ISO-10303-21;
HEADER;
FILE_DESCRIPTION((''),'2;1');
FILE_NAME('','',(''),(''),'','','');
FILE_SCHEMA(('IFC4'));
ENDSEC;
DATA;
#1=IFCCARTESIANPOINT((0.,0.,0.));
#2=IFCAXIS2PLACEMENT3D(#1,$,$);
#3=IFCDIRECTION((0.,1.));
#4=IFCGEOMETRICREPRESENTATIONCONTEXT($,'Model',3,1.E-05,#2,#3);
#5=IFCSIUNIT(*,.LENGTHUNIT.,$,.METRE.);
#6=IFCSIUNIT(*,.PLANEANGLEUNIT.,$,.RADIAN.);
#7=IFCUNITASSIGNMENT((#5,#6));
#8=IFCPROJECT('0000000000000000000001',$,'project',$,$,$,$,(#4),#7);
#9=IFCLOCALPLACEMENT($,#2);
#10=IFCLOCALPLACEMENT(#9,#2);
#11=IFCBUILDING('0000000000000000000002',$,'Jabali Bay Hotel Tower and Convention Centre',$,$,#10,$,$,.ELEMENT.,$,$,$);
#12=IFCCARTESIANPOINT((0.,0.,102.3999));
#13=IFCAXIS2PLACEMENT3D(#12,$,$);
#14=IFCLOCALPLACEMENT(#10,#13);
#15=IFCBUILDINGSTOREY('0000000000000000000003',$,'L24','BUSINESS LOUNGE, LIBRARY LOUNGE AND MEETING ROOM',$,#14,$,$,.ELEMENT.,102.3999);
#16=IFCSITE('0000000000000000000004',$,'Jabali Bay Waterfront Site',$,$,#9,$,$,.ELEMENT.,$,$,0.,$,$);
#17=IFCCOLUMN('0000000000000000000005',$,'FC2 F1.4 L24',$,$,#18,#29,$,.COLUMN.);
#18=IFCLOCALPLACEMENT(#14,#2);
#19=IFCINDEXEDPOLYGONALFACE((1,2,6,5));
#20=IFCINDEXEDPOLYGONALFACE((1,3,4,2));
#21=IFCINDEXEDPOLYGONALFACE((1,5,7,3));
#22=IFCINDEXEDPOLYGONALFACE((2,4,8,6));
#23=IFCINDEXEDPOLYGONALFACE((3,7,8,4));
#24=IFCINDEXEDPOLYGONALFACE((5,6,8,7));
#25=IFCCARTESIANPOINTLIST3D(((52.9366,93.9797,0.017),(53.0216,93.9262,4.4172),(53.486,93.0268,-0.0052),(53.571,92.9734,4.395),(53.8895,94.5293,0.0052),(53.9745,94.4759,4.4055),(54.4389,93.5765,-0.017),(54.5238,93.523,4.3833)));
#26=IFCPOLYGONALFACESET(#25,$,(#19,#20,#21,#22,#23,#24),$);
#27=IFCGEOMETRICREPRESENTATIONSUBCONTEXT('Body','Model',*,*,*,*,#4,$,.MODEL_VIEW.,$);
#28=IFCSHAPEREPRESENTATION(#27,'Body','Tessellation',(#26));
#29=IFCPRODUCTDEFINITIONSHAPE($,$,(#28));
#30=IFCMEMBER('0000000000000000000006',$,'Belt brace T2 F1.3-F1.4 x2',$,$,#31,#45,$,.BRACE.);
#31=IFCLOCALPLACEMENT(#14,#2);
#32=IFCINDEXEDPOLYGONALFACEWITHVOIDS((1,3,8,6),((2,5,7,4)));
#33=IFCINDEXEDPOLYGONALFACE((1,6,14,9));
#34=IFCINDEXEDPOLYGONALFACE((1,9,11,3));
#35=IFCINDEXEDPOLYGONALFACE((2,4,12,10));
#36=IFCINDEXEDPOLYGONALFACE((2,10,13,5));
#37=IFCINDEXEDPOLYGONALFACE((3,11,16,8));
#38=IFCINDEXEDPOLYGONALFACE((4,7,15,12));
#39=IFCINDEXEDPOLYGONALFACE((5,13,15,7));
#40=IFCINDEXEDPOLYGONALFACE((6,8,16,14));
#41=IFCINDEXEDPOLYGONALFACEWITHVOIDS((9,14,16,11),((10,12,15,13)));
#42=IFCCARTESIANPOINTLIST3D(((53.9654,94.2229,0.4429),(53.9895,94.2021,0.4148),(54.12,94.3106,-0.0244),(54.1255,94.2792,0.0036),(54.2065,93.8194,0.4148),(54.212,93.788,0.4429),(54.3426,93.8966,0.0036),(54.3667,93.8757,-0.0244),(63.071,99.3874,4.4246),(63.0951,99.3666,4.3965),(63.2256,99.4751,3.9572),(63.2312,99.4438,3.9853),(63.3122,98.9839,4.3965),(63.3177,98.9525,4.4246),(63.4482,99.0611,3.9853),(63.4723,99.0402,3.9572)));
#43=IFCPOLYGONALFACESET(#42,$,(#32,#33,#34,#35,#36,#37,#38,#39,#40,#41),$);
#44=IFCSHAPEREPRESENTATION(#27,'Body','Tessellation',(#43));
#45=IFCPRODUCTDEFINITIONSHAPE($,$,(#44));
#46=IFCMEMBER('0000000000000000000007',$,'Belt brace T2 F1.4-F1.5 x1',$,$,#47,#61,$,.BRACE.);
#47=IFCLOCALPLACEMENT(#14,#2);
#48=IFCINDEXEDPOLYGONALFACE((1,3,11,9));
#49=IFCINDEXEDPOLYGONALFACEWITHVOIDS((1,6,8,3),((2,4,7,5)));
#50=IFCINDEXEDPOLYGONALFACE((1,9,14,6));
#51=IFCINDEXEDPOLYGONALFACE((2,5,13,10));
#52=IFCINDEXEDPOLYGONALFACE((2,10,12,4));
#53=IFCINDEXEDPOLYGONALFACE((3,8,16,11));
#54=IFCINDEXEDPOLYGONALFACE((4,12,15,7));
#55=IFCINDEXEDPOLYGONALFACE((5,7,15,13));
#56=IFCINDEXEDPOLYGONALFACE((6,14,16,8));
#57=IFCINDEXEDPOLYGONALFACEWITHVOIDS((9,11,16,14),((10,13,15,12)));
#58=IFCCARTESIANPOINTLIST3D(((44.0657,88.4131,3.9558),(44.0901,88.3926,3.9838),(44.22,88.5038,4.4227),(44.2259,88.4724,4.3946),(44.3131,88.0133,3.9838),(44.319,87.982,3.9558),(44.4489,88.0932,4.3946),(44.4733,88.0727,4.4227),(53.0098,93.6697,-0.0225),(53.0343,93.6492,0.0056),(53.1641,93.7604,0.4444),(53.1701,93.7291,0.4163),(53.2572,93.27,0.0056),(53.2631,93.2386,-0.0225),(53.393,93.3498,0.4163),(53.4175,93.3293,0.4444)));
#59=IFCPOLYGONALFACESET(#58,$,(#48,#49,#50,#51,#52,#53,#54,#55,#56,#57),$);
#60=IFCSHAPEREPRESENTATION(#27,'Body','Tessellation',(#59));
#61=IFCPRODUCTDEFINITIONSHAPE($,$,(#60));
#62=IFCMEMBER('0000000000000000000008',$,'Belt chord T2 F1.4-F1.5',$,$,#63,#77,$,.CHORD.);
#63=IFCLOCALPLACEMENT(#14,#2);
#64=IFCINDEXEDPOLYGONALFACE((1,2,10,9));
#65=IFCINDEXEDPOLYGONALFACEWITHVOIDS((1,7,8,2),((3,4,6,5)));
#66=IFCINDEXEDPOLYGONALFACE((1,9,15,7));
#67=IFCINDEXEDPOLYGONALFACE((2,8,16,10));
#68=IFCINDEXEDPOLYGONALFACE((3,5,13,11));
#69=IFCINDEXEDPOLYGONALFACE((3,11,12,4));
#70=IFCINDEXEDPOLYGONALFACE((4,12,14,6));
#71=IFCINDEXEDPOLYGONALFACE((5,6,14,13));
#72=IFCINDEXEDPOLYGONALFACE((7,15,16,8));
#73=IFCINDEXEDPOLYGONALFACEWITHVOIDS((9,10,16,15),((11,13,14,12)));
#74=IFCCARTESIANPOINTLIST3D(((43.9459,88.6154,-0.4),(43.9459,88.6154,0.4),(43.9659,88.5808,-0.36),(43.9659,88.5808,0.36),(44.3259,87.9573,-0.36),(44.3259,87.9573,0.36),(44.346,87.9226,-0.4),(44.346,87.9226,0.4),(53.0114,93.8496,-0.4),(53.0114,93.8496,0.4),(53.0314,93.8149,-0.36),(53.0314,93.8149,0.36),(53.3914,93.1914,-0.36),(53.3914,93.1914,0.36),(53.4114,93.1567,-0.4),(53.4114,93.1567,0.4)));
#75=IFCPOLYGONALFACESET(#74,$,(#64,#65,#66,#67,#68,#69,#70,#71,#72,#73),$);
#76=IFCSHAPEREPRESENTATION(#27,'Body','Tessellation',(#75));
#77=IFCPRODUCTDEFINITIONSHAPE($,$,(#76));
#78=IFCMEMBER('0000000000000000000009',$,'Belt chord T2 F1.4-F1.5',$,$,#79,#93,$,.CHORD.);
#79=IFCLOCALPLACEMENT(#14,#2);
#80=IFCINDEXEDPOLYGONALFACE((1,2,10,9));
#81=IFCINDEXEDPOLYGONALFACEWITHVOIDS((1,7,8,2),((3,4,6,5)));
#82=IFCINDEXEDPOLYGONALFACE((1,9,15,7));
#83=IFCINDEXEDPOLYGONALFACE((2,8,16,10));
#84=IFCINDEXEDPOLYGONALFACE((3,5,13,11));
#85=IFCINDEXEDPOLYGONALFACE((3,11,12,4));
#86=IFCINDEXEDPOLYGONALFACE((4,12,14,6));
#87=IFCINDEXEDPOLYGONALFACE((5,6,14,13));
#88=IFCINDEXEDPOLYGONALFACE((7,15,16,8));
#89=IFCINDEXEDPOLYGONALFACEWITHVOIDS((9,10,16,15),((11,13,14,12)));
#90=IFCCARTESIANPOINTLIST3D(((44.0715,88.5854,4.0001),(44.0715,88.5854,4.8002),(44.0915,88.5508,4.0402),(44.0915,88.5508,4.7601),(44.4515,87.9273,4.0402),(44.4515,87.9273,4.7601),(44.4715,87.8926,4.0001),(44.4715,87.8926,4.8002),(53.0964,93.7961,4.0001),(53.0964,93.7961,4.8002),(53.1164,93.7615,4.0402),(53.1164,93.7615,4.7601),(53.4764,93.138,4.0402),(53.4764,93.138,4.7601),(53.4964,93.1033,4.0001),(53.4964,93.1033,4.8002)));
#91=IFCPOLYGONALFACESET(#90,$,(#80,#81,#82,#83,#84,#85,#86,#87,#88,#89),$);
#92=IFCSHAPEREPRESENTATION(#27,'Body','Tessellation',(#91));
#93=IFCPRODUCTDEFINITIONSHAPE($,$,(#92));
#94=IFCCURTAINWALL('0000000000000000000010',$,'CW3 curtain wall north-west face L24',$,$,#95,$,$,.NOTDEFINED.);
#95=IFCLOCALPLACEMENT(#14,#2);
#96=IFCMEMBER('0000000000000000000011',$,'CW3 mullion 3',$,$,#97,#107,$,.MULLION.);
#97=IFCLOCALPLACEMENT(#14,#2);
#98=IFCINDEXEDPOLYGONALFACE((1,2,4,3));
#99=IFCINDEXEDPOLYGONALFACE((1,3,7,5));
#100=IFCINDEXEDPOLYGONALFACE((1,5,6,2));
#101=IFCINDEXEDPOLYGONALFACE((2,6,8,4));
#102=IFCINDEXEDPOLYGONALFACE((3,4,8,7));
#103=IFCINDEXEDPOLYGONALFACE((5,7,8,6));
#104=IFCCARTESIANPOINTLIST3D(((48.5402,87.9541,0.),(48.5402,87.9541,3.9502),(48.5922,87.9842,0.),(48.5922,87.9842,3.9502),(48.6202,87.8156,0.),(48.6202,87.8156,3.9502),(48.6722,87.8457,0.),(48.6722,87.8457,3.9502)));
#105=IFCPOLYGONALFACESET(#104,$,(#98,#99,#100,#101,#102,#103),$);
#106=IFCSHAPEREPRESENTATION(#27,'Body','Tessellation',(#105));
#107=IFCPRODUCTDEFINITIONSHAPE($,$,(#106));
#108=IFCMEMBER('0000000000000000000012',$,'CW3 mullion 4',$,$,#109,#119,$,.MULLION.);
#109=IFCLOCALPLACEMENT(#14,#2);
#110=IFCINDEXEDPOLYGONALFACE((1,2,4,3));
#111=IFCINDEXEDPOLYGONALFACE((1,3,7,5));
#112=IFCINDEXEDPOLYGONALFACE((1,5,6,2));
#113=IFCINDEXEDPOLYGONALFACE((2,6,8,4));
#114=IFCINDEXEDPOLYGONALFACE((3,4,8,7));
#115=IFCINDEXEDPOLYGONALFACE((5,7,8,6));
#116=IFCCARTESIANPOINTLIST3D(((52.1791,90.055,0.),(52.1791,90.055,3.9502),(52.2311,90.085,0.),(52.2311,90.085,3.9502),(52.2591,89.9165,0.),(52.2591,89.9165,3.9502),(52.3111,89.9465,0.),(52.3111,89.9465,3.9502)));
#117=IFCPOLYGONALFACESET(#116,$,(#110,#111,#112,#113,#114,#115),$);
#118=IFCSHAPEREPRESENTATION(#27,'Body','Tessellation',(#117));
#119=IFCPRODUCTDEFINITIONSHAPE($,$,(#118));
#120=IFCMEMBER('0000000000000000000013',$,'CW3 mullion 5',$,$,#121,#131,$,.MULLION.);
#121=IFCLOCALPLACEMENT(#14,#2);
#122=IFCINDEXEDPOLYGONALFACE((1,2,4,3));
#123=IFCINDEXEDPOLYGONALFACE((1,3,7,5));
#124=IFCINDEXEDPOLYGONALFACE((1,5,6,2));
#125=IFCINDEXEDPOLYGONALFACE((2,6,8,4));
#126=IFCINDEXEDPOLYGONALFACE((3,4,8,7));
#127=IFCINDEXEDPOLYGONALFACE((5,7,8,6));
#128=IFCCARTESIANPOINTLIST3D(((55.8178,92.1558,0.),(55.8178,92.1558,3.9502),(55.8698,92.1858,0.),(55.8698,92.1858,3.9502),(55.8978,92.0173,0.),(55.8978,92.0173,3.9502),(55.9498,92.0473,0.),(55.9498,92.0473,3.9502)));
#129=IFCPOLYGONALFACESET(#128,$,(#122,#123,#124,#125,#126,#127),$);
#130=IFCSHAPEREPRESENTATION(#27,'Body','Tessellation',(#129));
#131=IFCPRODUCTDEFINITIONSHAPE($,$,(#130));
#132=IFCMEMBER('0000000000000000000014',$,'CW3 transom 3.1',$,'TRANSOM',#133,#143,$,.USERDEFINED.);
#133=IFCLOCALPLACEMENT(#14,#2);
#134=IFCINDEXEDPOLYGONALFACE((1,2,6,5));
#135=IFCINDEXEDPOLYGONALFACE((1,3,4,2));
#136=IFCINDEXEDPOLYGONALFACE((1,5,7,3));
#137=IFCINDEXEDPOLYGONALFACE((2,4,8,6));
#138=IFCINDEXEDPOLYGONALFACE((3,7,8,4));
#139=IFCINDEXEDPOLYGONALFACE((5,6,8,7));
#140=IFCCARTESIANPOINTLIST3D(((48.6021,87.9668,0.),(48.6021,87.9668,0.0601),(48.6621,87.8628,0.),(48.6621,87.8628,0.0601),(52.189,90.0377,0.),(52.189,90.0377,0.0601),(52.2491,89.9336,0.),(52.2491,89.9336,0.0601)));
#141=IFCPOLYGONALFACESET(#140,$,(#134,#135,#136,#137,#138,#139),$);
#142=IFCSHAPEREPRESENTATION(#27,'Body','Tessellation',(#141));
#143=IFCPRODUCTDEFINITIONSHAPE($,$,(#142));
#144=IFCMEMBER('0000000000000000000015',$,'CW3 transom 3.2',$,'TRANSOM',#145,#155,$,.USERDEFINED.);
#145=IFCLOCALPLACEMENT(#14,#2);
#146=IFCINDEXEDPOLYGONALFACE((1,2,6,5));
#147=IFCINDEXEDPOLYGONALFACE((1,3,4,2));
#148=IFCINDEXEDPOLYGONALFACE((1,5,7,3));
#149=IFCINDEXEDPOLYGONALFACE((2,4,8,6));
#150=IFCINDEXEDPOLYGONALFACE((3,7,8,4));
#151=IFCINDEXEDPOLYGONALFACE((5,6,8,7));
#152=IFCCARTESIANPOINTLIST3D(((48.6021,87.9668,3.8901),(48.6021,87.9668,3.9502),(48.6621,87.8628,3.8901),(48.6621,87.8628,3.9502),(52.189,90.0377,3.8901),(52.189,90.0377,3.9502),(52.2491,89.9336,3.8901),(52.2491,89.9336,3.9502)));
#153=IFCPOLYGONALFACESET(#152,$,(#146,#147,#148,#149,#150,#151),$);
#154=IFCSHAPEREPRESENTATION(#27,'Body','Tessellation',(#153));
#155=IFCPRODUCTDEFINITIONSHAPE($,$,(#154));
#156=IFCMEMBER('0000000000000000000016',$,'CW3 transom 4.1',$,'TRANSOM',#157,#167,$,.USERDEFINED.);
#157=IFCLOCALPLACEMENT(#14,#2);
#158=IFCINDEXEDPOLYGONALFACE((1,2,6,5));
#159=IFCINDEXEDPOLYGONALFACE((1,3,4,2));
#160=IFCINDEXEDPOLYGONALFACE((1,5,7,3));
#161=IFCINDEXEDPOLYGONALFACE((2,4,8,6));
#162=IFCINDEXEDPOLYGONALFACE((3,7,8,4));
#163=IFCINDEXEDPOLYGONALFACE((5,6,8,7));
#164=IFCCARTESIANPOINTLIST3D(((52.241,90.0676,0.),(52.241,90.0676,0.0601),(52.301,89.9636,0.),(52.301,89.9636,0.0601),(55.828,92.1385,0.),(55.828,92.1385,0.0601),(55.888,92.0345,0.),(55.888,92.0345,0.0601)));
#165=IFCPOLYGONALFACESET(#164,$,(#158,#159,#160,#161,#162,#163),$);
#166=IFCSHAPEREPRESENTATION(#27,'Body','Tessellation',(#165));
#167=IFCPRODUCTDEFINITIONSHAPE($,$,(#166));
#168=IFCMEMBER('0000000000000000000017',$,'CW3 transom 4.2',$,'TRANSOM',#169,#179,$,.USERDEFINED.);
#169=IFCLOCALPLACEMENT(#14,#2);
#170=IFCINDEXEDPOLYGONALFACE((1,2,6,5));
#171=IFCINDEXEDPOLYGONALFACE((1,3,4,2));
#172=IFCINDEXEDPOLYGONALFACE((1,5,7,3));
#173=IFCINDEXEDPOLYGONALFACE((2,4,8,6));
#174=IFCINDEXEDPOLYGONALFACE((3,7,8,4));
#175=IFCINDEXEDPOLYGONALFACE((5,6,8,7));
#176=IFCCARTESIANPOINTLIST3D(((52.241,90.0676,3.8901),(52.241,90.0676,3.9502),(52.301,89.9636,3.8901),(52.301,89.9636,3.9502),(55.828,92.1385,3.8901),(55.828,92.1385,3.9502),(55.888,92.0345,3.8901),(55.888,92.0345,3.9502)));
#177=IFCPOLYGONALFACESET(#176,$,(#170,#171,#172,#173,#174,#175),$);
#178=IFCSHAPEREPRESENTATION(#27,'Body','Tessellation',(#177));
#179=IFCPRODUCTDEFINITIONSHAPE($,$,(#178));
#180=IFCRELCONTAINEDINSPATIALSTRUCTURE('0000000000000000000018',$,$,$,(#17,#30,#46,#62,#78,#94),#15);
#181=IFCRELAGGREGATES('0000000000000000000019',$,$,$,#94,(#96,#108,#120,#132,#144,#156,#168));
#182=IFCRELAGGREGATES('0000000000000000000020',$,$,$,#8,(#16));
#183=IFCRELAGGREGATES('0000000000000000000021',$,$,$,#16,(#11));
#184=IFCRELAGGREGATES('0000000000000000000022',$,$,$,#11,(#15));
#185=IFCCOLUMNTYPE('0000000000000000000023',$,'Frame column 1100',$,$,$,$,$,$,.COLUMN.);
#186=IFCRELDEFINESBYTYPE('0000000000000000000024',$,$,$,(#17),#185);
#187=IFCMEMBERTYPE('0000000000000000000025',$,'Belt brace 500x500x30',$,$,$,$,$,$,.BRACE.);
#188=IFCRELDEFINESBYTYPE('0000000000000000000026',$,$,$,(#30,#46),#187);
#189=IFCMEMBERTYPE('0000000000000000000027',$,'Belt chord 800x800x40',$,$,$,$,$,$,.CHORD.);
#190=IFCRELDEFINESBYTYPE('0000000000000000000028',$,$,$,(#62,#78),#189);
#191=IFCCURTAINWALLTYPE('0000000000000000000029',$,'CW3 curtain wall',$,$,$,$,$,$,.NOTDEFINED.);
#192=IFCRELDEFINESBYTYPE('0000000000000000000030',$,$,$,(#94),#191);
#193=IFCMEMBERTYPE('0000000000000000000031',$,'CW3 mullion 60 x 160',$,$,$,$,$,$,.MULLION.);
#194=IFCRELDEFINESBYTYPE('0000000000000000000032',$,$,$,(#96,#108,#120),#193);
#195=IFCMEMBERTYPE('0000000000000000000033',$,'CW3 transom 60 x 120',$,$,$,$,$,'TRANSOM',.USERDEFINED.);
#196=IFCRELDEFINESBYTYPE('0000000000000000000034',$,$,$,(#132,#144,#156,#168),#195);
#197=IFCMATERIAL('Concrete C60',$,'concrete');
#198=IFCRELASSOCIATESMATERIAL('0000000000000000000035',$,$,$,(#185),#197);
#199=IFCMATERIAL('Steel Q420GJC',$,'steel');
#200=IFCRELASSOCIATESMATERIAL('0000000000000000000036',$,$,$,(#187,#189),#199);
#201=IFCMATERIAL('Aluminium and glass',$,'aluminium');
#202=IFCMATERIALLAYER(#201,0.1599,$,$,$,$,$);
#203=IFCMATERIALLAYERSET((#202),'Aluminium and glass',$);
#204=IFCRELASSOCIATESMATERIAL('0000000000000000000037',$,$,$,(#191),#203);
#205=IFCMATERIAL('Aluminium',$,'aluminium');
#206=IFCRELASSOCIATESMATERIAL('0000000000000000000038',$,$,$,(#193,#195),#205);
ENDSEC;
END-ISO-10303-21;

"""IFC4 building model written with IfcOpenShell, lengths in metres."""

from ifc_helpers import new_model, si_unit, direction, frame, origin, origin_2d, place, context, subcontext, project, spatial, rectangle, hollow_rectangle, extrude, material, layer, layer_set, material_profile, profile_set, type_object, element, aggregate, save


model = new_model("IFC4")

# Units and contexts
model_context = context("Model", 3, precision=1e-05, world=origin(), true_north=direction((0.0, 1.0)))
body_context = subcontext(model_context, "Body", "Model", "MODEL_VIEW")
ifc_project = project(units=[si_unit("LENGTHUNIT", "METRE"), si_unit("PLANEANGLEUNIT", "RADIAN")], contexts=[model_context])

# Site, building, storey
site_placement = place(None, origin())
site = spatial("IfcSite", under=ifc_project, at=site_placement, Name="Jabali Bay Waterfront Site", CompositionType="ELEMENT", RefElevation=0.0)
building_placement = place(site_placement, origin())
building = spatial("IfcBuilding", under=site, at=building_placement, Name="Jabali Bay Hotel Tower and Convention Centre", CompositionType="ELEMENT")
storey_placement = place(building_placement, frame((0.0, 0.0, 102.3999)))
storey = spatial("IfcBuildingStorey", under=building, at=storey_placement, Name="L24", Description="BUSINESS LOUNGE, LIBRARY LOUNGE AND MEETING ROOM", CompositionType="ELEMENT", Elevation=102.3999)

# Column
ifc_material_1 = material(Name="Concrete C60", Category="concrete")
ifc_material_profile_1 = material_profile(ifc_material_1, rectangle(XDim=1.1001, YDim=1.1001, at=origin_2d()), Name="Frame column 1100")
ifc_profile_set_1 = profile_set([ifc_material_profile_1], Name="Concrete C60")
column_type = type_object("IfcColumnType", Name="Frame column 1100", PredefinedType="COLUMN", material=ifc_profile_set_1)
column_placement = place(storey_placement, frame((53.6877, 93.7781, 0.0), z_axis=(0.019304, -0.012148, 0.99974), x_axis=(-0.499387, 0.866144, 0.020167)))
element("IfcColumn", 1, at=column_placement, inside=storey, type_object=column_type, Name="FC2 F1.4 L24", PredefinedType="COLUMN", context=body_context, shape_type="SweptSolid", body=[
    extrude(rectangle(XDim=1.1001, YDim=1.1001, at=origin_2d()), origin(), (0.0, 0.0, 1.0), 4.4014),
])

# Members
ifc_material_2 = material(Name="Steel Q420GJC", Category="steel")
ifc_material_profile_2 = material_profile(ifc_material_2, hollow_rectangle(XDim=0.5, YDim=0.5, WallThickness=0.03, at=origin_2d()), Name="Belt brace 500x500x30")
ifc_profile_set_2 = profile_set([ifc_material_profile_2], Name="Steel Q420GJC")
member_type_1 = type_object("IfcMemberType", Name="Belt brace 500x500x30", PredefinedType="BRACE", material=ifc_profile_set_2)
member_1_placement = place(storey_placement, frame((54.166, 94.0493, 0.2092), z_axis=(0.813009, 0.46112, 0.355507), x_axis=(-0.493349, 0.869832, 0.0)))
element("IfcMember", 2, at=member_1_placement, inside=storey, type_object=member_type_1, Name="Belt brace T2 F1.3-F1.4 x2", PredefinedType="BRACE", context=body_context, shape_type="SweptSolid", body=[
    extrude(hollow_rectangle(XDim=0.5, YDim=0.5, WallThickness=0.03, at=origin_2d()), origin(), (0.0, 0.0, 1.0), 11.2),
])
member_2_placement = place(storey_placement, frame((53.2136, 93.4995, 0.2109), z_axis=(-0.804974, -0.473096, 0.358047), x_axis=(0.506688, -0.86213, 0.0)))
element("IfcMember", 3, at=member_2_placement, inside=storey, type_object=member_type_1, Name="Belt brace T2 F1.4-F1.5 x1", PredefinedType="BRACE", context=body_context, shape_type="SweptSolid", body=[
    extrude(hollow_rectangle(XDim=0.5, YDim=0.5, WallThickness=0.03, at=origin_2d()), origin(), (0.0, 0.0, 1.0), 11.1111),
])
ifc_material_profile_3 = material_profile(ifc_material_2, hollow_rectangle(XDim=0.8, YDim=0.8, WallThickness=0.04, at=origin_2d()), Name="Belt chord 800x800x40")
ifc_profile_set_3 = profile_set([ifc_material_profile_3], Name="Steel Q420GJC")
member_type_2 = type_object("IfcMemberType", Name="Belt chord 800x800x40", PredefinedType="CHORD", material=ifc_profile_set_3)
member_3_placement = place(storey_placement, frame((53.2114, 93.5032, 0.0), z_axis=(-0.866017, -0.500015, 0.0), x_axis=(0.500015, -0.866017, 0.0)))
element("IfcMember", 4, at=member_3_placement, inside=storey, type_object=member_type_2, Name="Belt chord T2 F1.4-F1.5", PredefinedType="CHORD", context=body_context, shape_type="SweptSolid", body=[
    extrude(hollow_rectangle(XDim=0.8, YDim=0.8, WallThickness=0.04, at=origin_2d()), origin(), (0.0, 0.0, 1.0), 10.468),
])
member_4_placement = place(storey_placement, frame((53.2964, 93.4497, 4.4001), z_axis=(-0.866019, -0.500012, 0.0), x_axis=(0.500012, -0.866019, 0.0)))
element("IfcMember", 5, at=member_4_placement, inside=storey, type_object=member_type_2, Name="Belt chord T2 F1.4-F1.5", PredefinedType="CHORD", context=body_context, shape_type="SweptSolid", body=[
    extrude(hollow_rectangle(XDim=0.8, YDim=0.8, WallThickness=0.04, at=origin_2d()), origin(), (0.0, 0.0, 1.0), 10.4211),
])

# Curtain wall, members
ifc_material_3 = material(Name="Aluminium and glass", Category="aluminium")
ifc_layer_1 = layer(ifc_material_3, 0.1599)
ifc_layer_set_1 = layer_set([ifc_layer_1], Name="Aluminium and glass")
curtain_wall_type = type_object("IfcCurtainWallType", Name="CW3 curtain wall", PredefinedType="NOTDEFINED", material=ifc_layer_set_1)
curtain_wall_placement = place(storey_placement, origin())
curtain_wall = element("IfcCurtainWall", 6, at=curtain_wall_placement, inside=storey, type_object=curtain_wall_type, Name="CW3 curtain wall north-west face L24", PredefinedType="NOTDEFINED")
ifc_material_4 = material(Name="Aluminium", Category="aluminium")
ifc_material_profile_4 = material_profile(ifc_material_4, rectangle(XDim=0.1599, YDim=0.0601, at=origin_2d()), Name="CW3 mullion 60 x 160")
ifc_profile_set_4 = profile_set([ifc_material_profile_4], Name="Aluminium")
member_type_3 = type_object("IfcMemberType", Name="CW3 mullion 60 x 160", PredefinedType="MULLION", material=ifc_profile_set_4)
member_5_placement = place(storey_placement, frame((48.6062, 87.8999, 0.0), z_axis=(0.0, 0.0, 1.0), x_axis=(-0.5, 0.866025, 0.0)))
member_5 = element("IfcMember", 7, at=member_5_placement, type_object=member_type_3, Name="CW3 mullion 3", PredefinedType="MULLION", context=body_context, shape_type="SweptSolid", body=[
    extrude(rectangle(XDim=0.1599, YDim=0.0601, at=origin_2d()), origin(), (0.0, 0.0, 1.0), 3.9502),
])
member_6_placement = place(storey_placement, frame((52.2451, 90.0007, 0.0), z_axis=(0.0, 0.0, 1.0), x_axis=(-0.5, 0.866025, 0.0)))
member_6 = element("IfcMember", 8, at=member_6_placement, type_object=member_type_3, Name="CW3 mullion 4", PredefinedType="MULLION", context=body_context, shape_type="SweptSolid", body=[
    extrude(rectangle(XDim=0.1599, YDim=0.0601, at=origin_2d()), origin(), (0.0, 0.0, 1.0), 3.9502),
])
member_7_placement = place(storey_placement, frame((55.8838, 92.1016, 0.0), z_axis=(0.0, 0.0, 1.0), x_axis=(-0.5, 0.866025, 0.0)))
member_7 = element("IfcMember", 9, at=member_7_placement, type_object=member_type_3, Name="CW3 mullion 5", PredefinedType="MULLION", context=body_context, shape_type="SweptSolid", body=[
    extrude(rectangle(XDim=0.1599, YDim=0.0601, at=origin_2d()), origin(), (0.0, 0.0, 1.0), 3.9502),
])
ifc_material_profile_5 = material_profile(ifc_material_4, rectangle(XDim=0.1201, YDim=0.0601, at=origin_2d()), Name="CW3 transom 60 x 120")
ifc_profile_set_5 = profile_set([ifc_material_profile_5], Name="Aluminium")
member_type_4 = type_object("IfcMemberType", Name="CW3 transom 60 x 120", ElementType="TRANSOM", PredefinedType="USERDEFINED", material=ifc_profile_set_5)
member_8_placement = place(storey_placement, frame((48.6321, 87.9148, 0.03), z_axis=(0.866036, 0.499981, 0.0), x_axis=(-0.499981, 0.866036, 0.0)))
member_8 = element("IfcMember", 10, at=member_8_placement, type_object=member_type_4, Name="CW3 transom 3.1", ObjectType="TRANSOM", PredefinedType="USERDEFINED", context=body_context, shape_type="SweptSolid", body=[
    extrude(rectangle(XDim=0.1201, YDim=0.0601, at=origin_2d()), origin(), (0.0, 0.0, 1.0), 4.1418),
])
member_9_placement = place(storey_placement, frame((48.6321, 87.9148, 3.9202), z_axis=(0.866036, 0.499981, 0.0), x_axis=(-0.499981, 0.866036, 0.0)))
member_9 = element("IfcMember", 11, at=member_9_placement, type_object=member_type_4, Name="CW3 transom 3.2", ObjectType="TRANSOM", PredefinedType="USERDEFINED", context=body_context, shape_type="SweptSolid", body=[
    extrude(rectangle(XDim=0.1201, YDim=0.0601, at=origin_2d()), origin(), (0.0, 0.0, 1.0), 4.1418),
])
member_10_placement = place(storey_placement, frame((52.271, 90.0156, 0.03), z_axis=(0.866036, 0.499981, 0.0), x_axis=(-0.499981, 0.866036, 0.0)))
member_10 = element("IfcMember", 12, at=member_10_placement, type_object=member_type_4, Name="CW3 transom 4.1", ObjectType="TRANSOM", PredefinedType="USERDEFINED", context=body_context, shape_type="SweptSolid", body=[
    extrude(rectangle(XDim=0.1201, YDim=0.0601, at=origin_2d()), origin(), (0.0, 0.0, 1.0), 4.1418),
])
member_11_placement = place(storey_placement, frame((52.271, 90.0156, 3.9202), z_axis=(0.866036, 0.499981, 0.0), x_axis=(-0.499981, 0.866036, 0.0)))
member_11 = element("IfcMember", 13, at=member_11_placement, type_object=member_type_4, Name="CW3 transom 4.2", ObjectType="TRANSOM", PredefinedType="USERDEFINED", context=body_context, shape_type="SweptSolid", body=[
    extrude(rectangle(XDim=0.1201, YDim=0.0601, at=origin_2d()), origin(), (0.0, 0.0, 1.0), 4.1418),
])
aggregate(curtain_wall, [member_5, member_6, member_7, member_8, member_9, member_10, member_11])

save(model, "model.ifc")
